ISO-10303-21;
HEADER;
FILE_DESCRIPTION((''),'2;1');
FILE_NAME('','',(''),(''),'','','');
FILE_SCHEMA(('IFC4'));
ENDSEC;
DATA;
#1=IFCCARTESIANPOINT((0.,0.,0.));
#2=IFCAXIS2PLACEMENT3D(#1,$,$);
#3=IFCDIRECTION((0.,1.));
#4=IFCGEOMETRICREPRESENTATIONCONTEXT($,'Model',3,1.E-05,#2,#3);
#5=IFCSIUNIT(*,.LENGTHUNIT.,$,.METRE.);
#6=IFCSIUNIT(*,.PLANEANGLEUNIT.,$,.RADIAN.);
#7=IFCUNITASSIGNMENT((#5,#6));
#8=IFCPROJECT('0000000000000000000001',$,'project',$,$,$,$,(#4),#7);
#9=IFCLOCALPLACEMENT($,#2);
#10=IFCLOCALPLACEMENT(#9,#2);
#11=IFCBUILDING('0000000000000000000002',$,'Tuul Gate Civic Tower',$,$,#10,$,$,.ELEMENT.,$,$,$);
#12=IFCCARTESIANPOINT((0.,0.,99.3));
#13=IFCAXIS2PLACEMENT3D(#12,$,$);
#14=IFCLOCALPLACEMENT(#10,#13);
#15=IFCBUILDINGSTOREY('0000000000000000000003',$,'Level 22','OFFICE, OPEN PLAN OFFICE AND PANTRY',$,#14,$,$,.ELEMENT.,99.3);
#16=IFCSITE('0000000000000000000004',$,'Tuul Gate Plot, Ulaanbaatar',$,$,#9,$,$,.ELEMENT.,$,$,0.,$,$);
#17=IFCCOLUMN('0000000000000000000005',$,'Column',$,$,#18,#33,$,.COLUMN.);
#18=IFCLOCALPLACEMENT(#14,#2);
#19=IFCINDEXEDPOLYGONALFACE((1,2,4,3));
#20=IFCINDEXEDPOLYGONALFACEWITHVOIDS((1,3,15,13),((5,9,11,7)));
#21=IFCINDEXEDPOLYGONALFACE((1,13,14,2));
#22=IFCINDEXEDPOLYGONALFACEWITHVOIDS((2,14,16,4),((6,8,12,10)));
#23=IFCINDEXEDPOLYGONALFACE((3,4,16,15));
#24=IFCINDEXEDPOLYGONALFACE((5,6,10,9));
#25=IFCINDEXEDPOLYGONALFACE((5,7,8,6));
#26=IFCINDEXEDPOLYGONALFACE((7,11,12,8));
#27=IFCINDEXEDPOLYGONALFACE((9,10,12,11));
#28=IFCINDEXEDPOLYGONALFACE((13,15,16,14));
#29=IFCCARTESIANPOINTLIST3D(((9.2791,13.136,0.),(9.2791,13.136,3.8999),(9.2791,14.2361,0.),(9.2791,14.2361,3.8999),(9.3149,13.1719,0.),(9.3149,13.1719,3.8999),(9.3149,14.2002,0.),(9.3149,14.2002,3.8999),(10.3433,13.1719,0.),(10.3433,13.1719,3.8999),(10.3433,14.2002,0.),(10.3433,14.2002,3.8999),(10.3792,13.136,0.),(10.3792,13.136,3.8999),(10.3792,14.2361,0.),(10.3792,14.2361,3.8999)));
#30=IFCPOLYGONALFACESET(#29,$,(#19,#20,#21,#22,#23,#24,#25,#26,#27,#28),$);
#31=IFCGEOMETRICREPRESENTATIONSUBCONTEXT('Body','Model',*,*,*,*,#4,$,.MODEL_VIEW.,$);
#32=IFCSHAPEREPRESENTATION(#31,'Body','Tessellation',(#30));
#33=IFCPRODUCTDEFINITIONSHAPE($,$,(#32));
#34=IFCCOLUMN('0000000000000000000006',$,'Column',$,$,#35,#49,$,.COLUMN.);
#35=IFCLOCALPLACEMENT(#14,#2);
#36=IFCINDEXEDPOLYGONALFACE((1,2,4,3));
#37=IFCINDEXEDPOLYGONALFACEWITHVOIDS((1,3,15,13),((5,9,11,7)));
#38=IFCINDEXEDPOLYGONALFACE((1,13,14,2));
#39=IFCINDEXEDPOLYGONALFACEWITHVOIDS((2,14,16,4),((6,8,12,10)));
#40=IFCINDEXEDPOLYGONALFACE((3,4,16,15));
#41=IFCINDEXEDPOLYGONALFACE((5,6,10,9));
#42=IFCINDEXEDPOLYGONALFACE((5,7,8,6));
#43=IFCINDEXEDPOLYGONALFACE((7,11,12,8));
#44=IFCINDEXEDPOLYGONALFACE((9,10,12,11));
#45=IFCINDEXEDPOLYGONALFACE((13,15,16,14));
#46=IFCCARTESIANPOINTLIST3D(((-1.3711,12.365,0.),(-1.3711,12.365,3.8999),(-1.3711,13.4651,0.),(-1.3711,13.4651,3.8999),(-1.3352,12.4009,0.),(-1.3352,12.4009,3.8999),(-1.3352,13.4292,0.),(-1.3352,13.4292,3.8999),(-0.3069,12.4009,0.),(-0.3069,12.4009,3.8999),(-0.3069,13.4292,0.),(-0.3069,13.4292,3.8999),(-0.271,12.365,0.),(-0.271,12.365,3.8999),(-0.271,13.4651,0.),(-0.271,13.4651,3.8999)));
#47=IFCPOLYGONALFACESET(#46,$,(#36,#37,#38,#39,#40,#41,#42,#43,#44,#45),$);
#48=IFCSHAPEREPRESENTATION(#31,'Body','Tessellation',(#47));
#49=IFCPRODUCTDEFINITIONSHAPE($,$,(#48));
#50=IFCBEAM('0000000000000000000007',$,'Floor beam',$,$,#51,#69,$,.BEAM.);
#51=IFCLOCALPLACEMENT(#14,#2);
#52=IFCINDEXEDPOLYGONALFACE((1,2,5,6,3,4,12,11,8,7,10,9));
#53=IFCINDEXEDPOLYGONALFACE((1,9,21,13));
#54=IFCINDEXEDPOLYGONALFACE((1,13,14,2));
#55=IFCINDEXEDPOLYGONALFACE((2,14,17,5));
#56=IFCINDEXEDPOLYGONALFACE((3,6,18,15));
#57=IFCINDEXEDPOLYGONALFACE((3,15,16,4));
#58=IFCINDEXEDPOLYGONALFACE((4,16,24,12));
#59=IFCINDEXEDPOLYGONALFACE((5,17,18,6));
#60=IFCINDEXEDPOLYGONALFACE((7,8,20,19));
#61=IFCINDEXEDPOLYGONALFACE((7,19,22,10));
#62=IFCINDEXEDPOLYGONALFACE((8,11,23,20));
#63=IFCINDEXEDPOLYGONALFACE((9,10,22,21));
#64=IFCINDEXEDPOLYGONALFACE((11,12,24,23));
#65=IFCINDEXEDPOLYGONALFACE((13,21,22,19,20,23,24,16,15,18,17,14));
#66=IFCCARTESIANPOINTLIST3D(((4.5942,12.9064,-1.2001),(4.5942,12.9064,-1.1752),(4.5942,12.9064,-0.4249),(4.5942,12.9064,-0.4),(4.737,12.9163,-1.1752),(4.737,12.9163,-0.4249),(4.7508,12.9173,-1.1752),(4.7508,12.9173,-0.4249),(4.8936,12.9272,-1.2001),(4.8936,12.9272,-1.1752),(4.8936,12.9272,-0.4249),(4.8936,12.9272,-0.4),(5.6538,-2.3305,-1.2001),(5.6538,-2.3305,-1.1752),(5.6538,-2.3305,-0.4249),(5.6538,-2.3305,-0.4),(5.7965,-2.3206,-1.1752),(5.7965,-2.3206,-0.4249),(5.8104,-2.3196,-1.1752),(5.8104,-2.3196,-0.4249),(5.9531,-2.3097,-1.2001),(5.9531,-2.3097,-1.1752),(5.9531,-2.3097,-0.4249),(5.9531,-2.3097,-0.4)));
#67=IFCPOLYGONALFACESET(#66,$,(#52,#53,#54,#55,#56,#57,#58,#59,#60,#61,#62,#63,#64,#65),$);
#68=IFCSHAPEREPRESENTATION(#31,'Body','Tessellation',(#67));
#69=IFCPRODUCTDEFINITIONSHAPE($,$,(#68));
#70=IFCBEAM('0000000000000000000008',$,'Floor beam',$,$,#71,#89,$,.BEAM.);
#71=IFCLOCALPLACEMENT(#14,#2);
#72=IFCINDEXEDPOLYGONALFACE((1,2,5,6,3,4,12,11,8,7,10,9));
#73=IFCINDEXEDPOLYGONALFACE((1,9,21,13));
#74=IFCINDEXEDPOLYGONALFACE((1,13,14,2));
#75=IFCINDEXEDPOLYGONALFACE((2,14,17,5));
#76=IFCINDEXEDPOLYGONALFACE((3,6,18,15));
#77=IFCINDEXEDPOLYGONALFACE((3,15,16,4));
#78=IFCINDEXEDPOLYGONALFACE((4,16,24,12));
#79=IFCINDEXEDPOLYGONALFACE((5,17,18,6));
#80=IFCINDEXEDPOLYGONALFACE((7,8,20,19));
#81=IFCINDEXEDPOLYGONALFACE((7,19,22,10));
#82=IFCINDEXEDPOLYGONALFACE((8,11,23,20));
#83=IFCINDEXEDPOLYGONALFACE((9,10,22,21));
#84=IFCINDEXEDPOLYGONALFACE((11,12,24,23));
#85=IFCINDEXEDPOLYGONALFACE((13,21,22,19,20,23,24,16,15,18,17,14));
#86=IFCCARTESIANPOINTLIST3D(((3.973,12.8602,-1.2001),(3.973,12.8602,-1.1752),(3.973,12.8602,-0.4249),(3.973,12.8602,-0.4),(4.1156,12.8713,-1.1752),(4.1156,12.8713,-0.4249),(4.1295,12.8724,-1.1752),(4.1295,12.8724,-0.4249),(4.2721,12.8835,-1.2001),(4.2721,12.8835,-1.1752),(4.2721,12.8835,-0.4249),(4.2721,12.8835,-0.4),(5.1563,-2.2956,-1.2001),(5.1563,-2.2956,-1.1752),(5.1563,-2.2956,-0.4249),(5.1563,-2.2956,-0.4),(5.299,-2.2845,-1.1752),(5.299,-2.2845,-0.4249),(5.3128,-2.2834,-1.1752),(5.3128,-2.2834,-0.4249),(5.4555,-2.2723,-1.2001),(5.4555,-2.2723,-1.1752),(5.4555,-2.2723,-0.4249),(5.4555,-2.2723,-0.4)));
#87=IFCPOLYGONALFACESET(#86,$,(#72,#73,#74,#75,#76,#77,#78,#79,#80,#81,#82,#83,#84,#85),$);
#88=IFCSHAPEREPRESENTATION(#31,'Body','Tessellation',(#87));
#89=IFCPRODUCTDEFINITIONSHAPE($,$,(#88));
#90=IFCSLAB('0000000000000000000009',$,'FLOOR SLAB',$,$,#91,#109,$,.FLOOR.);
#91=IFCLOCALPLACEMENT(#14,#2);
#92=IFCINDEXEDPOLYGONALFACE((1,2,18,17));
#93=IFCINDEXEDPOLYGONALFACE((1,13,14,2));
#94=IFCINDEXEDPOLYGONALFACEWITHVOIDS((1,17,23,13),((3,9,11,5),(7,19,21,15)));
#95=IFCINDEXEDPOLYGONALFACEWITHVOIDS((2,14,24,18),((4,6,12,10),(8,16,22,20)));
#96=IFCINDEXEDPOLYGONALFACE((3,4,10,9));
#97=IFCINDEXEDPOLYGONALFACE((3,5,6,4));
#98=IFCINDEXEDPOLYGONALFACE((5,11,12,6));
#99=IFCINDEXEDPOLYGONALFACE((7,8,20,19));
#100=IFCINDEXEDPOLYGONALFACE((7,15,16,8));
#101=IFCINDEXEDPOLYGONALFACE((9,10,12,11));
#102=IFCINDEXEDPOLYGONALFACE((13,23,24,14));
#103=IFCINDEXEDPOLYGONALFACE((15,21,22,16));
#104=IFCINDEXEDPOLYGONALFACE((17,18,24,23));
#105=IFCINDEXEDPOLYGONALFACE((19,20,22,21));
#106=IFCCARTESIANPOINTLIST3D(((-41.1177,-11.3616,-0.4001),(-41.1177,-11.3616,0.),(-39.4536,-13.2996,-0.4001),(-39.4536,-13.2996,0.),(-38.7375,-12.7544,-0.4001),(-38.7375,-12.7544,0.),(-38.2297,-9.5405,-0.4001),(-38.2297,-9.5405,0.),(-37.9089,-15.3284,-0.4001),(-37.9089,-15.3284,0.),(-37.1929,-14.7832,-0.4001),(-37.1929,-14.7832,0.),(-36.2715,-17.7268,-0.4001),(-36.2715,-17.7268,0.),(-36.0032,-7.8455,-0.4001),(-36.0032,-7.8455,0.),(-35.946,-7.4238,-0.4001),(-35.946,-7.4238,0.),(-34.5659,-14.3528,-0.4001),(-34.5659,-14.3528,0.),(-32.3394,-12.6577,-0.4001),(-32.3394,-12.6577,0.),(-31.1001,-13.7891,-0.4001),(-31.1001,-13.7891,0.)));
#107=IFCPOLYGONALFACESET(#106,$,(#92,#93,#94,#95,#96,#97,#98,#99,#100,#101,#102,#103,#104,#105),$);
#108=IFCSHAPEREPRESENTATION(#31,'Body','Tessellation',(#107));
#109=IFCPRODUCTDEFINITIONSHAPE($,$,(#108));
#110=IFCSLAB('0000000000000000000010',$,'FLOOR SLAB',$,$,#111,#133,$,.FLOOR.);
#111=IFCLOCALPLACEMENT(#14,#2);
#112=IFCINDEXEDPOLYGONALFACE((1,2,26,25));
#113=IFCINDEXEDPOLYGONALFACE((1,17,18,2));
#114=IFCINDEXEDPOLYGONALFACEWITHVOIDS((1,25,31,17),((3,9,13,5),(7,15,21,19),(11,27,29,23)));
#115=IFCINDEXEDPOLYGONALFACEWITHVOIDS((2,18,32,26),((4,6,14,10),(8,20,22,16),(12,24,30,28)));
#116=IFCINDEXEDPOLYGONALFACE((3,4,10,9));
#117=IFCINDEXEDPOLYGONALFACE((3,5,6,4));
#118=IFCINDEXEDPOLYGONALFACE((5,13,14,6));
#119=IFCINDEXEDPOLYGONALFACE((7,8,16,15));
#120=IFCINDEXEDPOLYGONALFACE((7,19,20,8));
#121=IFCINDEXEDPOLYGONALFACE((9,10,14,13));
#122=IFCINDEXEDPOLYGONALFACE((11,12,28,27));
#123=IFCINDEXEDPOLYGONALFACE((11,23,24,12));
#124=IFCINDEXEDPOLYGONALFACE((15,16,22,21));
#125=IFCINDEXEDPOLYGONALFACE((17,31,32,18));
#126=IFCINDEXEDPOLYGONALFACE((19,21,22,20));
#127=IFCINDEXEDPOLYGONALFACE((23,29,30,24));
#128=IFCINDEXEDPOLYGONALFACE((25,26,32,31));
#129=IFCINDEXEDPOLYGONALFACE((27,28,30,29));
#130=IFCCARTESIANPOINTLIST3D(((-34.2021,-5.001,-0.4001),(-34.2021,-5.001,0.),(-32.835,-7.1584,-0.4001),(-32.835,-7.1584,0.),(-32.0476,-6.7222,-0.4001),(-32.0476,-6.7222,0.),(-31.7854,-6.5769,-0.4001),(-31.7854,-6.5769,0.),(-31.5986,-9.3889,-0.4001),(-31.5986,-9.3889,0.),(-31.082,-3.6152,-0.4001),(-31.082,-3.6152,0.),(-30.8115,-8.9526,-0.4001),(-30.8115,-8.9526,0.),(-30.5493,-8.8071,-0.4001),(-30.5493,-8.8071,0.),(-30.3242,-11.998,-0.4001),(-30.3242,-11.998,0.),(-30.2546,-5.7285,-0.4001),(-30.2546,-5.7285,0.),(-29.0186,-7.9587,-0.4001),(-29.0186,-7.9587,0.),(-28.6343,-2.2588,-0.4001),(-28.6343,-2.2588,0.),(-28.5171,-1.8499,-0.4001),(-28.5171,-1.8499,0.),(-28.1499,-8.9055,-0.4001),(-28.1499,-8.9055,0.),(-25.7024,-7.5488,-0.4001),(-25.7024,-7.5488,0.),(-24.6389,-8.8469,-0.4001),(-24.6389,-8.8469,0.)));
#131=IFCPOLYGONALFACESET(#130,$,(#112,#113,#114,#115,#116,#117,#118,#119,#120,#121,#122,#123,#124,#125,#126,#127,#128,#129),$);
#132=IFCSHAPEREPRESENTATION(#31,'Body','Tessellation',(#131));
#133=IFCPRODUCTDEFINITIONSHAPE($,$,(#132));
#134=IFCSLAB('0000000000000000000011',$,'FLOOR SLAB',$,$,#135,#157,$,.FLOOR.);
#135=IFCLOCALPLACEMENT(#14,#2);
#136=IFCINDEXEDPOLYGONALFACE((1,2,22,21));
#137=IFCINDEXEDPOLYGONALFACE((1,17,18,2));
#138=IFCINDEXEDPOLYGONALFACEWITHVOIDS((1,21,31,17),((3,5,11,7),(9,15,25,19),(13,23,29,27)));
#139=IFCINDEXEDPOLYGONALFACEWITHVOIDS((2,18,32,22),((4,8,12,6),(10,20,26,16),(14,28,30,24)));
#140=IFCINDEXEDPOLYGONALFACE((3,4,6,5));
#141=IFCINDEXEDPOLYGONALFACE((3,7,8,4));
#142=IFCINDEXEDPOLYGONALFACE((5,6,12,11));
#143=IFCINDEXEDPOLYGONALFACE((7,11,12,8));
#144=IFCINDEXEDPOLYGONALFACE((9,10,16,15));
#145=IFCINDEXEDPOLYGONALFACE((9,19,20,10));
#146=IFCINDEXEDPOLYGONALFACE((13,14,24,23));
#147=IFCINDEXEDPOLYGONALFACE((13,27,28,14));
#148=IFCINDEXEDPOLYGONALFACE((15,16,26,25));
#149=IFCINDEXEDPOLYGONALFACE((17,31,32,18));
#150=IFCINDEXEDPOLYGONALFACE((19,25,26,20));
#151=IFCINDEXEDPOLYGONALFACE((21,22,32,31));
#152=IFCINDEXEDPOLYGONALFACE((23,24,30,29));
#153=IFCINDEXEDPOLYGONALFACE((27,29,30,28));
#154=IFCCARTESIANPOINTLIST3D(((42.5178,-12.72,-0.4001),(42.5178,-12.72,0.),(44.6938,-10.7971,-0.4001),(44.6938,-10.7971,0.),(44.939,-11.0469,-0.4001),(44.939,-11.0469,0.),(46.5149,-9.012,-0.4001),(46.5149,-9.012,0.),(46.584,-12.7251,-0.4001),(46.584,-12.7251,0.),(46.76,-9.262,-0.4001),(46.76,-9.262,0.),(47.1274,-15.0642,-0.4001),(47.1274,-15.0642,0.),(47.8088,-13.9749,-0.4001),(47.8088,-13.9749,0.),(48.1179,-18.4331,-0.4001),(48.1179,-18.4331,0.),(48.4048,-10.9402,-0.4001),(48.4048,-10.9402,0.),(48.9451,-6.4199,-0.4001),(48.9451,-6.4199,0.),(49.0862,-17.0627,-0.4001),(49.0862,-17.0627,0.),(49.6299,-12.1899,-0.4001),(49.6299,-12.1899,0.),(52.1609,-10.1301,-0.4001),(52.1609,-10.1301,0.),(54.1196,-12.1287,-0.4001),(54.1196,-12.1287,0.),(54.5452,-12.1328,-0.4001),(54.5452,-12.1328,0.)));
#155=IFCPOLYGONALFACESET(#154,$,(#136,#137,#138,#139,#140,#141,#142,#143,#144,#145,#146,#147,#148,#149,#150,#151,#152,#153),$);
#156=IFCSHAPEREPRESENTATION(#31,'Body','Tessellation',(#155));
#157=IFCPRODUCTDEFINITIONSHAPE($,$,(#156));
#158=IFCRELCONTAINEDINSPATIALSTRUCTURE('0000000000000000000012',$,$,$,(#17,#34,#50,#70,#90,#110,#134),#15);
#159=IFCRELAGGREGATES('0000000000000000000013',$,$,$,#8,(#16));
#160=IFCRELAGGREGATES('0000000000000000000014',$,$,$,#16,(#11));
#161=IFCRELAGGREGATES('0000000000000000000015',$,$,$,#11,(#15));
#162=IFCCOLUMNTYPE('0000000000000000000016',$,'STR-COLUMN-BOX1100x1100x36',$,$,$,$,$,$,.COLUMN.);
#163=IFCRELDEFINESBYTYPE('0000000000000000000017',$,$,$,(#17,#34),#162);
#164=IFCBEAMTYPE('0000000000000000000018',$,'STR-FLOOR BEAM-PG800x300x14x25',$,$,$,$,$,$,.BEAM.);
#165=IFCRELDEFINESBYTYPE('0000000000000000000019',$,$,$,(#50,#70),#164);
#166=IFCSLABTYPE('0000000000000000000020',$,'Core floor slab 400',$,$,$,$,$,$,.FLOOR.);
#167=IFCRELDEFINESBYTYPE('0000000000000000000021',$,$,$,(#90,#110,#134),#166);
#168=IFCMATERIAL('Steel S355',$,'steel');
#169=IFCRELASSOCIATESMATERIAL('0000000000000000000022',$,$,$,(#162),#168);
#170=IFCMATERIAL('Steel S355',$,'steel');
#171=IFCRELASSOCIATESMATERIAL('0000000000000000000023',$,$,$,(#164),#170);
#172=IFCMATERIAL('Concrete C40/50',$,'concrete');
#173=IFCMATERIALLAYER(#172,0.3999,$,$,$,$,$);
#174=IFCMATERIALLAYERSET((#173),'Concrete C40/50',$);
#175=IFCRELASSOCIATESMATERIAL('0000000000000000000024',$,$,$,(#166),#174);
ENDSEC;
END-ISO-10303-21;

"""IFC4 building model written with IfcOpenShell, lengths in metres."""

from ifc_helpers import new_model, si_unit, direction, frame, origin, origin_2d, place, context, subcontext, project, spatial, polyline, hollow_rectangle, i_section, outline, extrude, material, layer, layer_set, material_profile, profile_set, type_object, element, save


model = new_model("IFC4")

# Units and contexts
model_context = context("Model", 3, precision=1e-05, world=origin(), true_north=direction((0.0, 1.0)))
body_context = subcontext(model_context, "Body", "Model", "MODEL_VIEW")
ifc_project = project(units=[si_unit("LENGTHUNIT", "METRE"), si_unit("PLANEANGLEUNIT", "RADIAN")], contexts=[model_context])

# Site, building, storey
site_placement = place(None, origin())
site = spatial("IfcSite", under=ifc_project, at=site_placement, Name="Tuul Gate Plot, Ulaanbaatar", CompositionType="ELEMENT", RefElevation=0.0)
building_placement = place(site_placement, origin())
building = spatial("IfcBuilding", under=site, at=building_placement, Name="Tuul Gate Civic Tower", CompositionType="ELEMENT")
storey_placement = place(building_placement, frame((0.0, 0.0, 99.3)))
storey = spatial("IfcBuildingStorey", under=building, at=storey_placement, Name="Level 22", Description="OFFICE, OPEN PLAN OFFICE AND PANTRY", CompositionType="ELEMENT", Elevation=99.3)

# Columns
ifc_material_1 = material(Name="Steel S355", Category="steel")
ifc_material_profile_1 = material_profile(ifc_material_1, hollow_rectangle(XDim=1.1001, YDim=1.1001, WallThickness=0.0359, at=origin_2d()), Name="BOX1100x1100x36")
ifc_profile_set_1 = profile_set([ifc_material_profile_1], Name="Steel S355")
column_type = type_object("IfcColumnType", Name="STR-COLUMN-BOX1100x1100x36", PredefinedType="COLUMN", material=ifc_profile_set_1)
for number, where, z_axis, x_axis, name in (
    (1, (9.8291, 13.686, 0.0), (0.0, 0.0, 1.0), (1.0, 0.0, 0.0), "Column"),
    (2, (-0.821, 12.915, 0.0), (0.0, 0.0, 1.0), (1.0, 0.0, 0.0), "Column"),
):
    element("IfcColumn", number, at=place(storey_placement, frame(where, z_axis=z_axis, x_axis=x_axis)), inside=storey, type_object=column_type, Name=name, PredefinedType="COLUMN", context=body_context, shape_type="SweptSolid", body=[
        extrude(hollow_rectangle(XDim=1.1001, YDim=1.1001, WallThickness=0.0359, at=origin_2d()), origin(), (0.0, 0.0, 1.0), 3.8999),
    ])

# Beams
ifc_material_2 = material(Name="Steel S355", Category="steel")
ifc_material_profile_2 = material_profile(ifc_material_2, i_section(OverallWidth=0.3, OverallDepth=0.8, WebThickness=0.0139, FlangeThickness=0.0249, at=origin_2d()), Name="PG800x300x14x25")
ifc_profile_set_2 = profile_set([ifc_material_profile_2], Name="Steel S355")
beam_type = type_object("IfcBeamType", Name="STR-FLOOR BEAM-PG800x300x14x25", PredefinedType="BEAM", material=ifc_profile_set_2)
beam_1_placement = place(storey_placement, frame((5.8035, -2.3201, -0.8), z_axis=(-0.069373, 0.997591, 0.0), x_axis=(-0.997591, -0.069373, 0.0)))
element("IfcBeam", 3, at=beam_1_placement, inside=storey, type_object=beam_type, Name="Floor beam", PredefinedType="BEAM", context=body_context, shape_type="SweptSolid", body=[
    extrude(i_section(OverallWidth=0.3, OverallDepth=0.8, WebThickness=0.0139, FlangeThickness=0.0249, at=origin_2d()), origin(), (0.0, 0.0, 1.0), 15.2737),
])
beam_2_placement = place(storey_placement, frame((5.3059, -2.2839, -0.8), z_axis=(-0.077842, 0.996966, 0.0), x_axis=(-0.996966, -0.077842, 0.0)))
element("IfcBeam", 4, at=beam_2_placement, inside=storey, type_object=beam_type, Name="Floor beam", PredefinedType="BEAM", context=body_context, shape_type="SweptSolid", body=[
    extrude(i_section(OverallWidth=0.3, OverallDepth=0.8, WebThickness=0.0139, FlangeThickness=0.0249, at=origin_2d()), origin(), (0.0, 0.0, 1.0), 15.2019),
])

# Slabs
ifc_material_3 = material(Name="Concrete C40/50", Category="concrete")
ifc_layer_1 = layer(ifc_material_3, 0.3999)
ifc_layer_set_1 = layer_set([ifc_layer_1], Name="Concrete C40/50")
slab_type_1 = type_object("IfcSlabType", Name="Core floor slab 400", PredefinedType="FLOOR", material=ifc_layer_set_1)
slab_1_placement = place(storey_placement, frame((0.0, 0.0, -0.4001)))
element("IfcSlab", 5, at=slab_1_placement, inside=storey, type_object=slab_type_1, Name="FLOOR SLAB", PredefinedType="FLOOR", context=body_context, shape_type="SweptSolid", body=[
    extrude(outline(polyline([(-31.1001, -13.7891), (-35.946, -7.4238), (-41.1177, -11.3616), (-36.2715, -17.7268), (-31.1001, -13.7891)]), holes=[polyline([(-37.1929, -14.7832), (-38.7375, -12.7544), (-39.4536, -13.2996), (-37.9089, -15.3284), (-37.1929, -14.7832)]), polyline([(-32.3394, -12.6577), (-34.5659, -14.3528), (-38.2297, -9.5405), (-36.0032, -7.8455), (-32.3394, -12.6577)])]), origin(), (0.0, 0.0, 1.0), 0.4001),
])
slab_2_placement = place(storey_placement, frame((0.0, 0.0, -0.4001)))
element("IfcSlab", 6, at=slab_2_placement, inside=storey, type_object=slab_type_1, Name="FLOOR SLAB", PredefinedType="FLOOR", context=body_context, shape_type="SweptSolid", body=[
    extrude(outline(polyline([(-24.6389, -8.8469), (-28.5171, -1.8499), (-34.2021, -5.001), (-30.3242, -11.998), (-24.6389, -8.8469)]), holes=[polyline([(-29.0186, -7.9587), (-30.2546, -5.7285), (-31.7854, -6.5769), (-30.5493, -8.8071), (-29.0186, -7.9587)]), polyline([(-30.8115, -8.9526), (-32.0476, -6.7222), (-32.835, -7.1584), (-31.5986, -9.3889), (-30.8115, -8.9526)]), polyline([(-25.7024, -7.5488), (-28.1499, -8.9055), (-31.082, -3.6152), (-28.6343, -2.2588), (-25.7024, -7.5488)])]), origin(), (0.0, 0.0, 1.0), 0.4001),
])
slab_3_placement = place(storey_placement, frame((0.0, 0.0, -0.4001)))
element("IfcSlab", 7, at=slab_3_placement, inside=storey, type_object=slab_type_1, Name="FLOOR SLAB", PredefinedType="FLOOR", context=body_context, shape_type="SweptSolid", body=[
    extrude(outline(polyline([(48.1179, -18.4331), (54.5452, -12.1328), (48.9451, -6.4199), (42.5178, -12.72), (48.1179, -18.4331)]), holes=[polyline([(47.8088, -13.9749), (49.6299, -12.1899), (48.4048, -10.9402), (46.584, -12.7251), (47.8088, -13.9749)]), polyline([(44.939, -11.0469), (46.76, -9.262), (46.5149, -9.012), (44.6938, -10.7971), (44.939, -11.0469)]), polyline([(49.0862, -17.0627), (47.1274, -15.0642), (52.1609, -10.1301), (54.1196, -12.1287), (49.0862, -17.0627)])]), origin(), (0.0, 0.0, 1.0), 0.4001),
])

save(model, "model.ifc")
